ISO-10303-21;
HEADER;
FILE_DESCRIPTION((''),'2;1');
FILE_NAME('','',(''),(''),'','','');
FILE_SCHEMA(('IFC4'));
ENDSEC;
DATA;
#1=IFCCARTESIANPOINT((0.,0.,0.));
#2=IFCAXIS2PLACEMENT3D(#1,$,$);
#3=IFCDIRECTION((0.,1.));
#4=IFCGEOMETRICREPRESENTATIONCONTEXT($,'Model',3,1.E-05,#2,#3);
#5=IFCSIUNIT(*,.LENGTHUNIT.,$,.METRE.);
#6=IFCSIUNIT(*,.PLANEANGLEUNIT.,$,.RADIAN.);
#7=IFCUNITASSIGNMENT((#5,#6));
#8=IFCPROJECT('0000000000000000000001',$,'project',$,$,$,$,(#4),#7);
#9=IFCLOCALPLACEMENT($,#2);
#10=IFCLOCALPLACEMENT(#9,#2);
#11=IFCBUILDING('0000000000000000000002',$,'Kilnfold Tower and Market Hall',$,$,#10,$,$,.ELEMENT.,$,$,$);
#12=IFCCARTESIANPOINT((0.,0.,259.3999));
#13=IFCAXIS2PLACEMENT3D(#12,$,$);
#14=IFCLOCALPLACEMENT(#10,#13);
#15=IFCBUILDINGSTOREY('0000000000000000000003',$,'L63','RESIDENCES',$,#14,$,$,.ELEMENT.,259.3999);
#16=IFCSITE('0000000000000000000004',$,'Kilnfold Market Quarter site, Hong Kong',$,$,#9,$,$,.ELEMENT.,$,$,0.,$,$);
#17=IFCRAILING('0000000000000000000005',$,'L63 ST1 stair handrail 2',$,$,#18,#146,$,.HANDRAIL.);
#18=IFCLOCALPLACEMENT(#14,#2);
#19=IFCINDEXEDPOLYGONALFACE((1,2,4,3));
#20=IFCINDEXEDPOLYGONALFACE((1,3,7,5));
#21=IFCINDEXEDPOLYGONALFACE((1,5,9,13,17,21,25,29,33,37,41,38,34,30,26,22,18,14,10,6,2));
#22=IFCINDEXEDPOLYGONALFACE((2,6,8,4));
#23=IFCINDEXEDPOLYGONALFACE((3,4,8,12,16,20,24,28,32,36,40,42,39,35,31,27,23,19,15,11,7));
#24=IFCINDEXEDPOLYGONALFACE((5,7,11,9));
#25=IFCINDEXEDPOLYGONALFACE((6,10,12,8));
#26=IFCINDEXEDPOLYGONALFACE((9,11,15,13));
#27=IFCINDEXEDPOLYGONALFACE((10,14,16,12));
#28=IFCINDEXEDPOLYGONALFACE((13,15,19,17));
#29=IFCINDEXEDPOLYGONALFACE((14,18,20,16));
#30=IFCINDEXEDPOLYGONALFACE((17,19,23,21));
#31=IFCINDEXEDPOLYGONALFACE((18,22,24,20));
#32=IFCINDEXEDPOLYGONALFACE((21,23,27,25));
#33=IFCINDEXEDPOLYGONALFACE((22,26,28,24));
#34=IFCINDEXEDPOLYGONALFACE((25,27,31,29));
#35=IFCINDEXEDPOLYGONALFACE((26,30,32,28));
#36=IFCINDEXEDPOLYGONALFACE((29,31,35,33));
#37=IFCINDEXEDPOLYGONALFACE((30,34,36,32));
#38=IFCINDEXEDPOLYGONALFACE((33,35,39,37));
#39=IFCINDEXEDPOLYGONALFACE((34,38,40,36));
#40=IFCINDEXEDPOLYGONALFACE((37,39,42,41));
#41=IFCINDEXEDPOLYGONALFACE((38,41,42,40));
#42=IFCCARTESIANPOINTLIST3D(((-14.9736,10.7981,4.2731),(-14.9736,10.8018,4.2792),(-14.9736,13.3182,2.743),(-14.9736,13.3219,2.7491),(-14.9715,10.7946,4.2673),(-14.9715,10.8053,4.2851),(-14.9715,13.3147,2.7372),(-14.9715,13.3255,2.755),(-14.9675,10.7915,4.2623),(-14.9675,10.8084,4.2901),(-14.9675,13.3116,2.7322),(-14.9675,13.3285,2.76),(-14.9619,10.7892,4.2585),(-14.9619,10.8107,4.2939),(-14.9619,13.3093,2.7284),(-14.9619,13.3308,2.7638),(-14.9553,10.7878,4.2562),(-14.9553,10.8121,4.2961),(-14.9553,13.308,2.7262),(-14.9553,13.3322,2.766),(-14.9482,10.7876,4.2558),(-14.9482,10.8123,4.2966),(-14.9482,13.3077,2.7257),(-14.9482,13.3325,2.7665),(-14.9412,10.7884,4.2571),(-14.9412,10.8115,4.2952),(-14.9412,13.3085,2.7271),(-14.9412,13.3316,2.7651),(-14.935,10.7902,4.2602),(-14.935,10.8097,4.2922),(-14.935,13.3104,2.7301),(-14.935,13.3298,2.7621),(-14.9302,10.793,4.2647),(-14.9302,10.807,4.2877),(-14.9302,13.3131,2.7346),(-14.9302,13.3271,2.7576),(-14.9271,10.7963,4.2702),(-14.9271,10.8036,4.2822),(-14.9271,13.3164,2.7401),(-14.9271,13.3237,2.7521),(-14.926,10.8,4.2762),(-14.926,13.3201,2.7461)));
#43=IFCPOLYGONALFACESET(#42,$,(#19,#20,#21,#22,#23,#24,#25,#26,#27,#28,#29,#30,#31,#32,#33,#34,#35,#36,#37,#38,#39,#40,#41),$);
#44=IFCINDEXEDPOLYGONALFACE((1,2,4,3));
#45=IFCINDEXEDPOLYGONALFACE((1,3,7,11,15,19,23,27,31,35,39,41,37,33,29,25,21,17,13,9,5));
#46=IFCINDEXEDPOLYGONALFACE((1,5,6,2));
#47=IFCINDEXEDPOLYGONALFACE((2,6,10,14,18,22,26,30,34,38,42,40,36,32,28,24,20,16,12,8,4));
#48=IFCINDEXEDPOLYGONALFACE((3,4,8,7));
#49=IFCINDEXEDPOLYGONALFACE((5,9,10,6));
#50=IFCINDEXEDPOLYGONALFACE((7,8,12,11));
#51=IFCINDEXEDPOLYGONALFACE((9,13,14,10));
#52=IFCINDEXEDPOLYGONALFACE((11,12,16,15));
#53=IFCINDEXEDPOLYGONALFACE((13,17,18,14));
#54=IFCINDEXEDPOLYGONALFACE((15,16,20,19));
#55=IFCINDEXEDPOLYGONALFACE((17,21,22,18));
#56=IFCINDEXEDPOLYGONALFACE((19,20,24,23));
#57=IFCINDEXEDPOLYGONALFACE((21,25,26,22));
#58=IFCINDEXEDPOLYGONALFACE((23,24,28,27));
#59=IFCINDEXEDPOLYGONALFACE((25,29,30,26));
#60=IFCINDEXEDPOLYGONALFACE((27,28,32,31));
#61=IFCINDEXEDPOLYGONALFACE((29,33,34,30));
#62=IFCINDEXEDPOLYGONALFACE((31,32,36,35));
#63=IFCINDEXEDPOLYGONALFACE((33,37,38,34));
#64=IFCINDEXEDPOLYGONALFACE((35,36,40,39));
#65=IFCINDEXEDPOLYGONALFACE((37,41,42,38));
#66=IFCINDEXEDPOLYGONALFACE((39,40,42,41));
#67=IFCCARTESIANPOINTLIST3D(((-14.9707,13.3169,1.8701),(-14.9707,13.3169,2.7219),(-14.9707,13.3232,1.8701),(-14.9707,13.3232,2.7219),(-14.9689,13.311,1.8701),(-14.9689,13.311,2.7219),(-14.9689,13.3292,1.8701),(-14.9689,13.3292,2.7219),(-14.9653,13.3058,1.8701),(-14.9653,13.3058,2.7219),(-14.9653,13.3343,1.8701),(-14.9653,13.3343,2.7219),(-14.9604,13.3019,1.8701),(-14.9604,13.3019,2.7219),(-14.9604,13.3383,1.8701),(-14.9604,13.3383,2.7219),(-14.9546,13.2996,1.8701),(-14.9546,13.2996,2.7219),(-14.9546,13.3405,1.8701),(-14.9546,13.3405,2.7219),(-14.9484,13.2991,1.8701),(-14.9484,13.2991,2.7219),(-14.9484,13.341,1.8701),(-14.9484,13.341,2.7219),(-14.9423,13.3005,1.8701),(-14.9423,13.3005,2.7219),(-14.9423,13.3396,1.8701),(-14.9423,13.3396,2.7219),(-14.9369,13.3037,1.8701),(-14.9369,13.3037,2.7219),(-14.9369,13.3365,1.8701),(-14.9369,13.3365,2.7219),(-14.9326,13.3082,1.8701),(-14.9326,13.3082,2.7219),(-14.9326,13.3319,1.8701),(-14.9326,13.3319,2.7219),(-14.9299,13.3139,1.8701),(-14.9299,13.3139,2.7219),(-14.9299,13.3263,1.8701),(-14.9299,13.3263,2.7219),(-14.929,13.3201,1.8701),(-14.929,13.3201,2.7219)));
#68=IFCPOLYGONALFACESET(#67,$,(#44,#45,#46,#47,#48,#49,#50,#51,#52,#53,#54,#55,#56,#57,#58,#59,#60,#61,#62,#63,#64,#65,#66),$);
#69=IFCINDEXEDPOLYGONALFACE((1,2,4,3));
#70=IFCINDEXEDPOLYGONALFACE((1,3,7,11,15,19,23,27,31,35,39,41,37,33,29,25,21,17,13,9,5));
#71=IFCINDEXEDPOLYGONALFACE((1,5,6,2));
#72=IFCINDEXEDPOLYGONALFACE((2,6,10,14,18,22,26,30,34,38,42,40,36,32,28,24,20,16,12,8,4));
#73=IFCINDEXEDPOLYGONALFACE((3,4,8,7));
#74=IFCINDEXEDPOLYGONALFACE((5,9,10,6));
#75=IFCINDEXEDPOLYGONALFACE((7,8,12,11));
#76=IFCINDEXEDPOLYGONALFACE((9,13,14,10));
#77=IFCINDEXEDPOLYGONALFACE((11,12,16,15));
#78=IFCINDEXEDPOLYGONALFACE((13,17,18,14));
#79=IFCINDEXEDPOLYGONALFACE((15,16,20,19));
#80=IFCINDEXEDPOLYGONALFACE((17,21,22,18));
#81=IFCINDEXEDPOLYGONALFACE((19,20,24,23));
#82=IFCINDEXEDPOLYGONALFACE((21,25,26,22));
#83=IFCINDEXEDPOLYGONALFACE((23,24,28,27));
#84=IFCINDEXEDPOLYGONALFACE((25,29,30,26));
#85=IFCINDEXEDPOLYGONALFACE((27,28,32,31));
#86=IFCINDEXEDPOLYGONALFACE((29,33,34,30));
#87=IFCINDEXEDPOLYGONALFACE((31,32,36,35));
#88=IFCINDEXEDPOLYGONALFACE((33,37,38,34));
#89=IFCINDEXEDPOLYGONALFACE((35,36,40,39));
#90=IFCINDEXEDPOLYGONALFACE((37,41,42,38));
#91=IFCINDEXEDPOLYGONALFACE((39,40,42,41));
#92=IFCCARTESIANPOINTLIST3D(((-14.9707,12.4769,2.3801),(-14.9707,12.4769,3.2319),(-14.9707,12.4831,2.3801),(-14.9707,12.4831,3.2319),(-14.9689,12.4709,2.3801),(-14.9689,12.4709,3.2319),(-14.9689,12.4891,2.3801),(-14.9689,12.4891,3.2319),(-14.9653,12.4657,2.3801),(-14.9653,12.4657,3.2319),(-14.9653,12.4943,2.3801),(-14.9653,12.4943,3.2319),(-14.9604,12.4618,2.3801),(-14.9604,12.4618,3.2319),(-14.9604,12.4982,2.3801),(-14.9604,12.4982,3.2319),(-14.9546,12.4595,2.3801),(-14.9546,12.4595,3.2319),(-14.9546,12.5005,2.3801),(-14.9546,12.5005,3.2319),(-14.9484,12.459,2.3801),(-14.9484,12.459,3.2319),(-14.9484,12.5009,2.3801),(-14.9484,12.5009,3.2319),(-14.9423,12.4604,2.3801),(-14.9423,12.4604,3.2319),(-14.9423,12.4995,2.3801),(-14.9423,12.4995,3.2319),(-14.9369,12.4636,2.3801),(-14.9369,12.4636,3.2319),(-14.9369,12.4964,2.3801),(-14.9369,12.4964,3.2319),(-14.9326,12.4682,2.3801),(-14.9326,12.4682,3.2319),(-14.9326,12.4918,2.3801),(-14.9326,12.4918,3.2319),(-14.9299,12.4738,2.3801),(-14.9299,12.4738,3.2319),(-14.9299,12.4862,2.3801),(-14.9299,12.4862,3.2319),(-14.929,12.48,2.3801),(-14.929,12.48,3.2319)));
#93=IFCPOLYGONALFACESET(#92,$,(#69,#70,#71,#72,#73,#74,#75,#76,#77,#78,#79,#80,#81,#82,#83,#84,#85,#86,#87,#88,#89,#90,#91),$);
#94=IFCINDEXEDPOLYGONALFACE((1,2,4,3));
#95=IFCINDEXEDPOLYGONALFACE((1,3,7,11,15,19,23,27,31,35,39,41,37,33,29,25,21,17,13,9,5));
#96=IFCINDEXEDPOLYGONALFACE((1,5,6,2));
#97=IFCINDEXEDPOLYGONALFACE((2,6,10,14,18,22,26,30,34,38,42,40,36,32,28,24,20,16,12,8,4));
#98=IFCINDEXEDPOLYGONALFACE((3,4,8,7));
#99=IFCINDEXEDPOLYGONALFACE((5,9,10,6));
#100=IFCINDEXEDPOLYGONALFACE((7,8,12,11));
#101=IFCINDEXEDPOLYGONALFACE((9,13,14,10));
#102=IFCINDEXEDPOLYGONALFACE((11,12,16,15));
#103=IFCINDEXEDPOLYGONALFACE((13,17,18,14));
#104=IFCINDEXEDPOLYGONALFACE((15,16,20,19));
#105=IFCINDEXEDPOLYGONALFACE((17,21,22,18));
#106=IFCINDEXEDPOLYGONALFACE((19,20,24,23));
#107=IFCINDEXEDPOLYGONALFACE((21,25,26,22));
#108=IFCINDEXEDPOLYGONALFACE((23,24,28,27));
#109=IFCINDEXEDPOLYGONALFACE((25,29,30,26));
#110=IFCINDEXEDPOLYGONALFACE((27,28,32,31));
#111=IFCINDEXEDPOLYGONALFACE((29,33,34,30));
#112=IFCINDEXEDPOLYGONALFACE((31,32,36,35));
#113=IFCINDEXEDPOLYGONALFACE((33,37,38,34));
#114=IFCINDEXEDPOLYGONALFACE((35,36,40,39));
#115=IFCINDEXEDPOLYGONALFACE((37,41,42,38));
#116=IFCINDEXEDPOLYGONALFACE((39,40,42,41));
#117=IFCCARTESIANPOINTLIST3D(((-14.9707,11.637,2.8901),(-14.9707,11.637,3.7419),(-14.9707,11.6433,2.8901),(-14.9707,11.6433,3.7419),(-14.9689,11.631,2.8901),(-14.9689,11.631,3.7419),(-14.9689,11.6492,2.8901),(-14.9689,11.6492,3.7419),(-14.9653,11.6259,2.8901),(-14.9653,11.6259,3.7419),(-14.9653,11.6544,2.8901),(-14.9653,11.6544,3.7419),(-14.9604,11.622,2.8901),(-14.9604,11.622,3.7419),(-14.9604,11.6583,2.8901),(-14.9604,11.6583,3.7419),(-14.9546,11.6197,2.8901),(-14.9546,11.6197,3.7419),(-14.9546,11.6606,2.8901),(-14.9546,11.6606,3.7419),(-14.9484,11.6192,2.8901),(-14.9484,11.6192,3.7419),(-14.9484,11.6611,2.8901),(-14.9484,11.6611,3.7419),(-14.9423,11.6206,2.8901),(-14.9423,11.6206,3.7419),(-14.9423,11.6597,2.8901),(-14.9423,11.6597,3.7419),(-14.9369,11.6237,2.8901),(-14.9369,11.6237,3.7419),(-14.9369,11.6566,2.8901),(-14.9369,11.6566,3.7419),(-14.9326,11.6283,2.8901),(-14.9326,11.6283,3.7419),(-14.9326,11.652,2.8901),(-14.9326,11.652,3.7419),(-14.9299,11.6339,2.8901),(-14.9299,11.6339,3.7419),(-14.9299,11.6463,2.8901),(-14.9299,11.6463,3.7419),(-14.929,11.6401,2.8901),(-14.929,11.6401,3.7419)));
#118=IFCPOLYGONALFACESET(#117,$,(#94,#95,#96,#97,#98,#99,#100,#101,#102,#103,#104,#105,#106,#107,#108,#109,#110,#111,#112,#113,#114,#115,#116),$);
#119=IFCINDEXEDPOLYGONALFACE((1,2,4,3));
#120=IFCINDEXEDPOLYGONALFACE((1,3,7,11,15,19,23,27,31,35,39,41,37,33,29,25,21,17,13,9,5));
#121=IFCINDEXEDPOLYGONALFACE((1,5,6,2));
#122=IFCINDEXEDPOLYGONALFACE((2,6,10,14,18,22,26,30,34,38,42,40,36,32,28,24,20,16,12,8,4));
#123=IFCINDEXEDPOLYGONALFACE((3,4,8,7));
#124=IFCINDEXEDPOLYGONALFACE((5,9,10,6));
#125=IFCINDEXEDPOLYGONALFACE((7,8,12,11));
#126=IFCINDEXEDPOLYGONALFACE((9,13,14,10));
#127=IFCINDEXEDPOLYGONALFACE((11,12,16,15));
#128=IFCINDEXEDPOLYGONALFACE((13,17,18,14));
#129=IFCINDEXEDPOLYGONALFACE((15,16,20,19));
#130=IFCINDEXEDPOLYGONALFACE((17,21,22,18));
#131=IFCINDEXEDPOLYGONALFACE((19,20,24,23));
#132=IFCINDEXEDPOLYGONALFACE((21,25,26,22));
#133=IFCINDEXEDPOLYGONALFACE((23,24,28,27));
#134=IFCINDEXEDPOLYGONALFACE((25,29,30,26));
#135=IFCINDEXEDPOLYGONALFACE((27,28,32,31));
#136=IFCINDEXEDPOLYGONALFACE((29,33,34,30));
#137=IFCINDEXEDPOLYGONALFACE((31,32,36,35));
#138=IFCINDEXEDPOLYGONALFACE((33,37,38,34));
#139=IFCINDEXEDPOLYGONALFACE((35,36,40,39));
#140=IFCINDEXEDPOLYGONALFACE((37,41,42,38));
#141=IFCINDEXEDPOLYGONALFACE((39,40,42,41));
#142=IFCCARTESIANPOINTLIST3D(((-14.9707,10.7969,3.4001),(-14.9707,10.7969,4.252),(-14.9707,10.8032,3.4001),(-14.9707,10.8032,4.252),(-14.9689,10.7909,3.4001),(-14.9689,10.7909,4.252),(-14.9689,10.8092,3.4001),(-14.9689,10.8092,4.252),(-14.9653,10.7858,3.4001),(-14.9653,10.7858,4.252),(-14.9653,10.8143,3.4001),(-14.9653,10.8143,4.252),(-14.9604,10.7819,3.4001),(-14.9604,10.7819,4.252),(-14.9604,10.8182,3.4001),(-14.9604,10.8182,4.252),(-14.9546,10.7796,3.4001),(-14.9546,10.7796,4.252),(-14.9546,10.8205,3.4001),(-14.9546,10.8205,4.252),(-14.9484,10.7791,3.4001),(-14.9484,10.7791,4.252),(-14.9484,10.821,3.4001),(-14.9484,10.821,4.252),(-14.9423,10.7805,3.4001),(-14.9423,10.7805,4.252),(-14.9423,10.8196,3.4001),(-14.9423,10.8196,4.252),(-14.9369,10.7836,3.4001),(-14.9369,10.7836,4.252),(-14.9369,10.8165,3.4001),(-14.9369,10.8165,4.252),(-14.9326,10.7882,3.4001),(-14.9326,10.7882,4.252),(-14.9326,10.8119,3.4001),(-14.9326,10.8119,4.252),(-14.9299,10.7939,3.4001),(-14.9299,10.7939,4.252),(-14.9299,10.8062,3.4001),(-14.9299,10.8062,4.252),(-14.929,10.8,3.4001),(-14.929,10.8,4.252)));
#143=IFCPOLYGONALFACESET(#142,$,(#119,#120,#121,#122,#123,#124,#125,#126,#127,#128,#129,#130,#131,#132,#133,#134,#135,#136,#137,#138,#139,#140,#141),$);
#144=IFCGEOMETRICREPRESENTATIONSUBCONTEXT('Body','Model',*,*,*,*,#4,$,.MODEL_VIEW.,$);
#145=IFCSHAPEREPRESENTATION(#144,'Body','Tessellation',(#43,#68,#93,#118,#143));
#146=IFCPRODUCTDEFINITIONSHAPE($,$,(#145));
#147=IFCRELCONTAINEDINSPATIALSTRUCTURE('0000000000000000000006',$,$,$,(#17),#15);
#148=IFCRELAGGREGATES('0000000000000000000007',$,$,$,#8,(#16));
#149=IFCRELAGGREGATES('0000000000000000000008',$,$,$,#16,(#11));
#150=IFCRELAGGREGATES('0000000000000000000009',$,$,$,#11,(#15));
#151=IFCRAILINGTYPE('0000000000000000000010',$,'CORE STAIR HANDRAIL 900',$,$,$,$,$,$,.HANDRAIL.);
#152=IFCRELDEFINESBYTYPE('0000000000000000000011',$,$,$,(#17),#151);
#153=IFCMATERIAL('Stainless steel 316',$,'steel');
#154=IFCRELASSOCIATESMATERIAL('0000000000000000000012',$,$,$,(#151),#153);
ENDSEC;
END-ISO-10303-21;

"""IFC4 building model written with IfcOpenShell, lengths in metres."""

from ifc_helpers import new_model, si_unit, direction, frame, origin, origin_2d, place, context, subcontext, project, spatial, circle, extrude, material, type_object, element, save


model = new_model("IFC4")

# Units and contexts
model_context = context("Model", 3, precision=1e-05, world=origin(), true_north=direction((0.0, 1.0)))
body_context = subcontext(model_context, "Body", "Model", "MODEL_VIEW")
ifc_project = project(units=[si_unit("LENGTHUNIT", "METRE"), si_unit("PLANEANGLEUNIT", "RADIAN")], contexts=[model_context])

# Site, building, storey
site_placement = place(None, origin())
site = spatial("IfcSite", under=ifc_project, at=site_placement, Name="Kilnfold Market Quarter site, Hong Kong", CompositionType="ELEMENT", RefElevation=0.0)
building_placement = place(site_placement, origin())
building = spatial("IfcBuilding", under=site, at=building_placement, Name="Kilnfold Tower and Market Hall", CompositionType="ELEMENT")
storey_placement = place(building_placement, frame((0.0, 0.0, 259.3999)))
storey = spatial("IfcBuildingStorey", under=building, at=storey_placement, Name="L63", Description="RESIDENCES", CompositionType="ELEMENT", Elevation=259.3999)

# Railing
ifc_material_1 = material(Name="Stainless steel 316", Category="steel")
railing_type_1 = type_object("IfcRailingType", Name="CORE STAIR HANDRAIL 900", PredefinedType="HANDRAIL", material=ifc_material_1)
railing_1_placement = place(storey_placement, frame((-14.95, 13.3201, 1.8701)))
element("IfcRailing", 1, at=railing_1_placement, inside=storey, type_object=railing_type_1, Name="L63 ST1 stair handrail 2", PredefinedType="HANDRAIL", context=body_context, shape_type="SweptSolid", body=[
    extrude(circle(Radius=0.0239, at=origin_2d()), frame((0.0, 0.0, 0.876), z_axis=(0.0, -0.854785, 0.518982), x_axis=(1.0, 0.0, 0.0)), (0.0, 0.0, 1.0), 2.9482),
    extrude(circle(Radius=0.021, at=origin_2d()), origin(), (0.0, 0.0, 1.0), 0.8518),
    extrude(circle(Radius=0.021, at=origin_2d()), frame((0.0, -0.8401, 0.51)), (0.0, 0.0, 1.0), 0.8518),
    extrude(circle(Radius=0.021, at=origin_2d()), frame((0.0, -1.6799, 1.02)), (0.0, 0.0, 1.0), 0.8518),
    extrude(circle(Radius=0.021, at=origin_2d()), frame((0.0, -2.52, 1.53)), (0.0, 0.0, 1.0), 0.8518),
])

save(model, "model.ifc")
